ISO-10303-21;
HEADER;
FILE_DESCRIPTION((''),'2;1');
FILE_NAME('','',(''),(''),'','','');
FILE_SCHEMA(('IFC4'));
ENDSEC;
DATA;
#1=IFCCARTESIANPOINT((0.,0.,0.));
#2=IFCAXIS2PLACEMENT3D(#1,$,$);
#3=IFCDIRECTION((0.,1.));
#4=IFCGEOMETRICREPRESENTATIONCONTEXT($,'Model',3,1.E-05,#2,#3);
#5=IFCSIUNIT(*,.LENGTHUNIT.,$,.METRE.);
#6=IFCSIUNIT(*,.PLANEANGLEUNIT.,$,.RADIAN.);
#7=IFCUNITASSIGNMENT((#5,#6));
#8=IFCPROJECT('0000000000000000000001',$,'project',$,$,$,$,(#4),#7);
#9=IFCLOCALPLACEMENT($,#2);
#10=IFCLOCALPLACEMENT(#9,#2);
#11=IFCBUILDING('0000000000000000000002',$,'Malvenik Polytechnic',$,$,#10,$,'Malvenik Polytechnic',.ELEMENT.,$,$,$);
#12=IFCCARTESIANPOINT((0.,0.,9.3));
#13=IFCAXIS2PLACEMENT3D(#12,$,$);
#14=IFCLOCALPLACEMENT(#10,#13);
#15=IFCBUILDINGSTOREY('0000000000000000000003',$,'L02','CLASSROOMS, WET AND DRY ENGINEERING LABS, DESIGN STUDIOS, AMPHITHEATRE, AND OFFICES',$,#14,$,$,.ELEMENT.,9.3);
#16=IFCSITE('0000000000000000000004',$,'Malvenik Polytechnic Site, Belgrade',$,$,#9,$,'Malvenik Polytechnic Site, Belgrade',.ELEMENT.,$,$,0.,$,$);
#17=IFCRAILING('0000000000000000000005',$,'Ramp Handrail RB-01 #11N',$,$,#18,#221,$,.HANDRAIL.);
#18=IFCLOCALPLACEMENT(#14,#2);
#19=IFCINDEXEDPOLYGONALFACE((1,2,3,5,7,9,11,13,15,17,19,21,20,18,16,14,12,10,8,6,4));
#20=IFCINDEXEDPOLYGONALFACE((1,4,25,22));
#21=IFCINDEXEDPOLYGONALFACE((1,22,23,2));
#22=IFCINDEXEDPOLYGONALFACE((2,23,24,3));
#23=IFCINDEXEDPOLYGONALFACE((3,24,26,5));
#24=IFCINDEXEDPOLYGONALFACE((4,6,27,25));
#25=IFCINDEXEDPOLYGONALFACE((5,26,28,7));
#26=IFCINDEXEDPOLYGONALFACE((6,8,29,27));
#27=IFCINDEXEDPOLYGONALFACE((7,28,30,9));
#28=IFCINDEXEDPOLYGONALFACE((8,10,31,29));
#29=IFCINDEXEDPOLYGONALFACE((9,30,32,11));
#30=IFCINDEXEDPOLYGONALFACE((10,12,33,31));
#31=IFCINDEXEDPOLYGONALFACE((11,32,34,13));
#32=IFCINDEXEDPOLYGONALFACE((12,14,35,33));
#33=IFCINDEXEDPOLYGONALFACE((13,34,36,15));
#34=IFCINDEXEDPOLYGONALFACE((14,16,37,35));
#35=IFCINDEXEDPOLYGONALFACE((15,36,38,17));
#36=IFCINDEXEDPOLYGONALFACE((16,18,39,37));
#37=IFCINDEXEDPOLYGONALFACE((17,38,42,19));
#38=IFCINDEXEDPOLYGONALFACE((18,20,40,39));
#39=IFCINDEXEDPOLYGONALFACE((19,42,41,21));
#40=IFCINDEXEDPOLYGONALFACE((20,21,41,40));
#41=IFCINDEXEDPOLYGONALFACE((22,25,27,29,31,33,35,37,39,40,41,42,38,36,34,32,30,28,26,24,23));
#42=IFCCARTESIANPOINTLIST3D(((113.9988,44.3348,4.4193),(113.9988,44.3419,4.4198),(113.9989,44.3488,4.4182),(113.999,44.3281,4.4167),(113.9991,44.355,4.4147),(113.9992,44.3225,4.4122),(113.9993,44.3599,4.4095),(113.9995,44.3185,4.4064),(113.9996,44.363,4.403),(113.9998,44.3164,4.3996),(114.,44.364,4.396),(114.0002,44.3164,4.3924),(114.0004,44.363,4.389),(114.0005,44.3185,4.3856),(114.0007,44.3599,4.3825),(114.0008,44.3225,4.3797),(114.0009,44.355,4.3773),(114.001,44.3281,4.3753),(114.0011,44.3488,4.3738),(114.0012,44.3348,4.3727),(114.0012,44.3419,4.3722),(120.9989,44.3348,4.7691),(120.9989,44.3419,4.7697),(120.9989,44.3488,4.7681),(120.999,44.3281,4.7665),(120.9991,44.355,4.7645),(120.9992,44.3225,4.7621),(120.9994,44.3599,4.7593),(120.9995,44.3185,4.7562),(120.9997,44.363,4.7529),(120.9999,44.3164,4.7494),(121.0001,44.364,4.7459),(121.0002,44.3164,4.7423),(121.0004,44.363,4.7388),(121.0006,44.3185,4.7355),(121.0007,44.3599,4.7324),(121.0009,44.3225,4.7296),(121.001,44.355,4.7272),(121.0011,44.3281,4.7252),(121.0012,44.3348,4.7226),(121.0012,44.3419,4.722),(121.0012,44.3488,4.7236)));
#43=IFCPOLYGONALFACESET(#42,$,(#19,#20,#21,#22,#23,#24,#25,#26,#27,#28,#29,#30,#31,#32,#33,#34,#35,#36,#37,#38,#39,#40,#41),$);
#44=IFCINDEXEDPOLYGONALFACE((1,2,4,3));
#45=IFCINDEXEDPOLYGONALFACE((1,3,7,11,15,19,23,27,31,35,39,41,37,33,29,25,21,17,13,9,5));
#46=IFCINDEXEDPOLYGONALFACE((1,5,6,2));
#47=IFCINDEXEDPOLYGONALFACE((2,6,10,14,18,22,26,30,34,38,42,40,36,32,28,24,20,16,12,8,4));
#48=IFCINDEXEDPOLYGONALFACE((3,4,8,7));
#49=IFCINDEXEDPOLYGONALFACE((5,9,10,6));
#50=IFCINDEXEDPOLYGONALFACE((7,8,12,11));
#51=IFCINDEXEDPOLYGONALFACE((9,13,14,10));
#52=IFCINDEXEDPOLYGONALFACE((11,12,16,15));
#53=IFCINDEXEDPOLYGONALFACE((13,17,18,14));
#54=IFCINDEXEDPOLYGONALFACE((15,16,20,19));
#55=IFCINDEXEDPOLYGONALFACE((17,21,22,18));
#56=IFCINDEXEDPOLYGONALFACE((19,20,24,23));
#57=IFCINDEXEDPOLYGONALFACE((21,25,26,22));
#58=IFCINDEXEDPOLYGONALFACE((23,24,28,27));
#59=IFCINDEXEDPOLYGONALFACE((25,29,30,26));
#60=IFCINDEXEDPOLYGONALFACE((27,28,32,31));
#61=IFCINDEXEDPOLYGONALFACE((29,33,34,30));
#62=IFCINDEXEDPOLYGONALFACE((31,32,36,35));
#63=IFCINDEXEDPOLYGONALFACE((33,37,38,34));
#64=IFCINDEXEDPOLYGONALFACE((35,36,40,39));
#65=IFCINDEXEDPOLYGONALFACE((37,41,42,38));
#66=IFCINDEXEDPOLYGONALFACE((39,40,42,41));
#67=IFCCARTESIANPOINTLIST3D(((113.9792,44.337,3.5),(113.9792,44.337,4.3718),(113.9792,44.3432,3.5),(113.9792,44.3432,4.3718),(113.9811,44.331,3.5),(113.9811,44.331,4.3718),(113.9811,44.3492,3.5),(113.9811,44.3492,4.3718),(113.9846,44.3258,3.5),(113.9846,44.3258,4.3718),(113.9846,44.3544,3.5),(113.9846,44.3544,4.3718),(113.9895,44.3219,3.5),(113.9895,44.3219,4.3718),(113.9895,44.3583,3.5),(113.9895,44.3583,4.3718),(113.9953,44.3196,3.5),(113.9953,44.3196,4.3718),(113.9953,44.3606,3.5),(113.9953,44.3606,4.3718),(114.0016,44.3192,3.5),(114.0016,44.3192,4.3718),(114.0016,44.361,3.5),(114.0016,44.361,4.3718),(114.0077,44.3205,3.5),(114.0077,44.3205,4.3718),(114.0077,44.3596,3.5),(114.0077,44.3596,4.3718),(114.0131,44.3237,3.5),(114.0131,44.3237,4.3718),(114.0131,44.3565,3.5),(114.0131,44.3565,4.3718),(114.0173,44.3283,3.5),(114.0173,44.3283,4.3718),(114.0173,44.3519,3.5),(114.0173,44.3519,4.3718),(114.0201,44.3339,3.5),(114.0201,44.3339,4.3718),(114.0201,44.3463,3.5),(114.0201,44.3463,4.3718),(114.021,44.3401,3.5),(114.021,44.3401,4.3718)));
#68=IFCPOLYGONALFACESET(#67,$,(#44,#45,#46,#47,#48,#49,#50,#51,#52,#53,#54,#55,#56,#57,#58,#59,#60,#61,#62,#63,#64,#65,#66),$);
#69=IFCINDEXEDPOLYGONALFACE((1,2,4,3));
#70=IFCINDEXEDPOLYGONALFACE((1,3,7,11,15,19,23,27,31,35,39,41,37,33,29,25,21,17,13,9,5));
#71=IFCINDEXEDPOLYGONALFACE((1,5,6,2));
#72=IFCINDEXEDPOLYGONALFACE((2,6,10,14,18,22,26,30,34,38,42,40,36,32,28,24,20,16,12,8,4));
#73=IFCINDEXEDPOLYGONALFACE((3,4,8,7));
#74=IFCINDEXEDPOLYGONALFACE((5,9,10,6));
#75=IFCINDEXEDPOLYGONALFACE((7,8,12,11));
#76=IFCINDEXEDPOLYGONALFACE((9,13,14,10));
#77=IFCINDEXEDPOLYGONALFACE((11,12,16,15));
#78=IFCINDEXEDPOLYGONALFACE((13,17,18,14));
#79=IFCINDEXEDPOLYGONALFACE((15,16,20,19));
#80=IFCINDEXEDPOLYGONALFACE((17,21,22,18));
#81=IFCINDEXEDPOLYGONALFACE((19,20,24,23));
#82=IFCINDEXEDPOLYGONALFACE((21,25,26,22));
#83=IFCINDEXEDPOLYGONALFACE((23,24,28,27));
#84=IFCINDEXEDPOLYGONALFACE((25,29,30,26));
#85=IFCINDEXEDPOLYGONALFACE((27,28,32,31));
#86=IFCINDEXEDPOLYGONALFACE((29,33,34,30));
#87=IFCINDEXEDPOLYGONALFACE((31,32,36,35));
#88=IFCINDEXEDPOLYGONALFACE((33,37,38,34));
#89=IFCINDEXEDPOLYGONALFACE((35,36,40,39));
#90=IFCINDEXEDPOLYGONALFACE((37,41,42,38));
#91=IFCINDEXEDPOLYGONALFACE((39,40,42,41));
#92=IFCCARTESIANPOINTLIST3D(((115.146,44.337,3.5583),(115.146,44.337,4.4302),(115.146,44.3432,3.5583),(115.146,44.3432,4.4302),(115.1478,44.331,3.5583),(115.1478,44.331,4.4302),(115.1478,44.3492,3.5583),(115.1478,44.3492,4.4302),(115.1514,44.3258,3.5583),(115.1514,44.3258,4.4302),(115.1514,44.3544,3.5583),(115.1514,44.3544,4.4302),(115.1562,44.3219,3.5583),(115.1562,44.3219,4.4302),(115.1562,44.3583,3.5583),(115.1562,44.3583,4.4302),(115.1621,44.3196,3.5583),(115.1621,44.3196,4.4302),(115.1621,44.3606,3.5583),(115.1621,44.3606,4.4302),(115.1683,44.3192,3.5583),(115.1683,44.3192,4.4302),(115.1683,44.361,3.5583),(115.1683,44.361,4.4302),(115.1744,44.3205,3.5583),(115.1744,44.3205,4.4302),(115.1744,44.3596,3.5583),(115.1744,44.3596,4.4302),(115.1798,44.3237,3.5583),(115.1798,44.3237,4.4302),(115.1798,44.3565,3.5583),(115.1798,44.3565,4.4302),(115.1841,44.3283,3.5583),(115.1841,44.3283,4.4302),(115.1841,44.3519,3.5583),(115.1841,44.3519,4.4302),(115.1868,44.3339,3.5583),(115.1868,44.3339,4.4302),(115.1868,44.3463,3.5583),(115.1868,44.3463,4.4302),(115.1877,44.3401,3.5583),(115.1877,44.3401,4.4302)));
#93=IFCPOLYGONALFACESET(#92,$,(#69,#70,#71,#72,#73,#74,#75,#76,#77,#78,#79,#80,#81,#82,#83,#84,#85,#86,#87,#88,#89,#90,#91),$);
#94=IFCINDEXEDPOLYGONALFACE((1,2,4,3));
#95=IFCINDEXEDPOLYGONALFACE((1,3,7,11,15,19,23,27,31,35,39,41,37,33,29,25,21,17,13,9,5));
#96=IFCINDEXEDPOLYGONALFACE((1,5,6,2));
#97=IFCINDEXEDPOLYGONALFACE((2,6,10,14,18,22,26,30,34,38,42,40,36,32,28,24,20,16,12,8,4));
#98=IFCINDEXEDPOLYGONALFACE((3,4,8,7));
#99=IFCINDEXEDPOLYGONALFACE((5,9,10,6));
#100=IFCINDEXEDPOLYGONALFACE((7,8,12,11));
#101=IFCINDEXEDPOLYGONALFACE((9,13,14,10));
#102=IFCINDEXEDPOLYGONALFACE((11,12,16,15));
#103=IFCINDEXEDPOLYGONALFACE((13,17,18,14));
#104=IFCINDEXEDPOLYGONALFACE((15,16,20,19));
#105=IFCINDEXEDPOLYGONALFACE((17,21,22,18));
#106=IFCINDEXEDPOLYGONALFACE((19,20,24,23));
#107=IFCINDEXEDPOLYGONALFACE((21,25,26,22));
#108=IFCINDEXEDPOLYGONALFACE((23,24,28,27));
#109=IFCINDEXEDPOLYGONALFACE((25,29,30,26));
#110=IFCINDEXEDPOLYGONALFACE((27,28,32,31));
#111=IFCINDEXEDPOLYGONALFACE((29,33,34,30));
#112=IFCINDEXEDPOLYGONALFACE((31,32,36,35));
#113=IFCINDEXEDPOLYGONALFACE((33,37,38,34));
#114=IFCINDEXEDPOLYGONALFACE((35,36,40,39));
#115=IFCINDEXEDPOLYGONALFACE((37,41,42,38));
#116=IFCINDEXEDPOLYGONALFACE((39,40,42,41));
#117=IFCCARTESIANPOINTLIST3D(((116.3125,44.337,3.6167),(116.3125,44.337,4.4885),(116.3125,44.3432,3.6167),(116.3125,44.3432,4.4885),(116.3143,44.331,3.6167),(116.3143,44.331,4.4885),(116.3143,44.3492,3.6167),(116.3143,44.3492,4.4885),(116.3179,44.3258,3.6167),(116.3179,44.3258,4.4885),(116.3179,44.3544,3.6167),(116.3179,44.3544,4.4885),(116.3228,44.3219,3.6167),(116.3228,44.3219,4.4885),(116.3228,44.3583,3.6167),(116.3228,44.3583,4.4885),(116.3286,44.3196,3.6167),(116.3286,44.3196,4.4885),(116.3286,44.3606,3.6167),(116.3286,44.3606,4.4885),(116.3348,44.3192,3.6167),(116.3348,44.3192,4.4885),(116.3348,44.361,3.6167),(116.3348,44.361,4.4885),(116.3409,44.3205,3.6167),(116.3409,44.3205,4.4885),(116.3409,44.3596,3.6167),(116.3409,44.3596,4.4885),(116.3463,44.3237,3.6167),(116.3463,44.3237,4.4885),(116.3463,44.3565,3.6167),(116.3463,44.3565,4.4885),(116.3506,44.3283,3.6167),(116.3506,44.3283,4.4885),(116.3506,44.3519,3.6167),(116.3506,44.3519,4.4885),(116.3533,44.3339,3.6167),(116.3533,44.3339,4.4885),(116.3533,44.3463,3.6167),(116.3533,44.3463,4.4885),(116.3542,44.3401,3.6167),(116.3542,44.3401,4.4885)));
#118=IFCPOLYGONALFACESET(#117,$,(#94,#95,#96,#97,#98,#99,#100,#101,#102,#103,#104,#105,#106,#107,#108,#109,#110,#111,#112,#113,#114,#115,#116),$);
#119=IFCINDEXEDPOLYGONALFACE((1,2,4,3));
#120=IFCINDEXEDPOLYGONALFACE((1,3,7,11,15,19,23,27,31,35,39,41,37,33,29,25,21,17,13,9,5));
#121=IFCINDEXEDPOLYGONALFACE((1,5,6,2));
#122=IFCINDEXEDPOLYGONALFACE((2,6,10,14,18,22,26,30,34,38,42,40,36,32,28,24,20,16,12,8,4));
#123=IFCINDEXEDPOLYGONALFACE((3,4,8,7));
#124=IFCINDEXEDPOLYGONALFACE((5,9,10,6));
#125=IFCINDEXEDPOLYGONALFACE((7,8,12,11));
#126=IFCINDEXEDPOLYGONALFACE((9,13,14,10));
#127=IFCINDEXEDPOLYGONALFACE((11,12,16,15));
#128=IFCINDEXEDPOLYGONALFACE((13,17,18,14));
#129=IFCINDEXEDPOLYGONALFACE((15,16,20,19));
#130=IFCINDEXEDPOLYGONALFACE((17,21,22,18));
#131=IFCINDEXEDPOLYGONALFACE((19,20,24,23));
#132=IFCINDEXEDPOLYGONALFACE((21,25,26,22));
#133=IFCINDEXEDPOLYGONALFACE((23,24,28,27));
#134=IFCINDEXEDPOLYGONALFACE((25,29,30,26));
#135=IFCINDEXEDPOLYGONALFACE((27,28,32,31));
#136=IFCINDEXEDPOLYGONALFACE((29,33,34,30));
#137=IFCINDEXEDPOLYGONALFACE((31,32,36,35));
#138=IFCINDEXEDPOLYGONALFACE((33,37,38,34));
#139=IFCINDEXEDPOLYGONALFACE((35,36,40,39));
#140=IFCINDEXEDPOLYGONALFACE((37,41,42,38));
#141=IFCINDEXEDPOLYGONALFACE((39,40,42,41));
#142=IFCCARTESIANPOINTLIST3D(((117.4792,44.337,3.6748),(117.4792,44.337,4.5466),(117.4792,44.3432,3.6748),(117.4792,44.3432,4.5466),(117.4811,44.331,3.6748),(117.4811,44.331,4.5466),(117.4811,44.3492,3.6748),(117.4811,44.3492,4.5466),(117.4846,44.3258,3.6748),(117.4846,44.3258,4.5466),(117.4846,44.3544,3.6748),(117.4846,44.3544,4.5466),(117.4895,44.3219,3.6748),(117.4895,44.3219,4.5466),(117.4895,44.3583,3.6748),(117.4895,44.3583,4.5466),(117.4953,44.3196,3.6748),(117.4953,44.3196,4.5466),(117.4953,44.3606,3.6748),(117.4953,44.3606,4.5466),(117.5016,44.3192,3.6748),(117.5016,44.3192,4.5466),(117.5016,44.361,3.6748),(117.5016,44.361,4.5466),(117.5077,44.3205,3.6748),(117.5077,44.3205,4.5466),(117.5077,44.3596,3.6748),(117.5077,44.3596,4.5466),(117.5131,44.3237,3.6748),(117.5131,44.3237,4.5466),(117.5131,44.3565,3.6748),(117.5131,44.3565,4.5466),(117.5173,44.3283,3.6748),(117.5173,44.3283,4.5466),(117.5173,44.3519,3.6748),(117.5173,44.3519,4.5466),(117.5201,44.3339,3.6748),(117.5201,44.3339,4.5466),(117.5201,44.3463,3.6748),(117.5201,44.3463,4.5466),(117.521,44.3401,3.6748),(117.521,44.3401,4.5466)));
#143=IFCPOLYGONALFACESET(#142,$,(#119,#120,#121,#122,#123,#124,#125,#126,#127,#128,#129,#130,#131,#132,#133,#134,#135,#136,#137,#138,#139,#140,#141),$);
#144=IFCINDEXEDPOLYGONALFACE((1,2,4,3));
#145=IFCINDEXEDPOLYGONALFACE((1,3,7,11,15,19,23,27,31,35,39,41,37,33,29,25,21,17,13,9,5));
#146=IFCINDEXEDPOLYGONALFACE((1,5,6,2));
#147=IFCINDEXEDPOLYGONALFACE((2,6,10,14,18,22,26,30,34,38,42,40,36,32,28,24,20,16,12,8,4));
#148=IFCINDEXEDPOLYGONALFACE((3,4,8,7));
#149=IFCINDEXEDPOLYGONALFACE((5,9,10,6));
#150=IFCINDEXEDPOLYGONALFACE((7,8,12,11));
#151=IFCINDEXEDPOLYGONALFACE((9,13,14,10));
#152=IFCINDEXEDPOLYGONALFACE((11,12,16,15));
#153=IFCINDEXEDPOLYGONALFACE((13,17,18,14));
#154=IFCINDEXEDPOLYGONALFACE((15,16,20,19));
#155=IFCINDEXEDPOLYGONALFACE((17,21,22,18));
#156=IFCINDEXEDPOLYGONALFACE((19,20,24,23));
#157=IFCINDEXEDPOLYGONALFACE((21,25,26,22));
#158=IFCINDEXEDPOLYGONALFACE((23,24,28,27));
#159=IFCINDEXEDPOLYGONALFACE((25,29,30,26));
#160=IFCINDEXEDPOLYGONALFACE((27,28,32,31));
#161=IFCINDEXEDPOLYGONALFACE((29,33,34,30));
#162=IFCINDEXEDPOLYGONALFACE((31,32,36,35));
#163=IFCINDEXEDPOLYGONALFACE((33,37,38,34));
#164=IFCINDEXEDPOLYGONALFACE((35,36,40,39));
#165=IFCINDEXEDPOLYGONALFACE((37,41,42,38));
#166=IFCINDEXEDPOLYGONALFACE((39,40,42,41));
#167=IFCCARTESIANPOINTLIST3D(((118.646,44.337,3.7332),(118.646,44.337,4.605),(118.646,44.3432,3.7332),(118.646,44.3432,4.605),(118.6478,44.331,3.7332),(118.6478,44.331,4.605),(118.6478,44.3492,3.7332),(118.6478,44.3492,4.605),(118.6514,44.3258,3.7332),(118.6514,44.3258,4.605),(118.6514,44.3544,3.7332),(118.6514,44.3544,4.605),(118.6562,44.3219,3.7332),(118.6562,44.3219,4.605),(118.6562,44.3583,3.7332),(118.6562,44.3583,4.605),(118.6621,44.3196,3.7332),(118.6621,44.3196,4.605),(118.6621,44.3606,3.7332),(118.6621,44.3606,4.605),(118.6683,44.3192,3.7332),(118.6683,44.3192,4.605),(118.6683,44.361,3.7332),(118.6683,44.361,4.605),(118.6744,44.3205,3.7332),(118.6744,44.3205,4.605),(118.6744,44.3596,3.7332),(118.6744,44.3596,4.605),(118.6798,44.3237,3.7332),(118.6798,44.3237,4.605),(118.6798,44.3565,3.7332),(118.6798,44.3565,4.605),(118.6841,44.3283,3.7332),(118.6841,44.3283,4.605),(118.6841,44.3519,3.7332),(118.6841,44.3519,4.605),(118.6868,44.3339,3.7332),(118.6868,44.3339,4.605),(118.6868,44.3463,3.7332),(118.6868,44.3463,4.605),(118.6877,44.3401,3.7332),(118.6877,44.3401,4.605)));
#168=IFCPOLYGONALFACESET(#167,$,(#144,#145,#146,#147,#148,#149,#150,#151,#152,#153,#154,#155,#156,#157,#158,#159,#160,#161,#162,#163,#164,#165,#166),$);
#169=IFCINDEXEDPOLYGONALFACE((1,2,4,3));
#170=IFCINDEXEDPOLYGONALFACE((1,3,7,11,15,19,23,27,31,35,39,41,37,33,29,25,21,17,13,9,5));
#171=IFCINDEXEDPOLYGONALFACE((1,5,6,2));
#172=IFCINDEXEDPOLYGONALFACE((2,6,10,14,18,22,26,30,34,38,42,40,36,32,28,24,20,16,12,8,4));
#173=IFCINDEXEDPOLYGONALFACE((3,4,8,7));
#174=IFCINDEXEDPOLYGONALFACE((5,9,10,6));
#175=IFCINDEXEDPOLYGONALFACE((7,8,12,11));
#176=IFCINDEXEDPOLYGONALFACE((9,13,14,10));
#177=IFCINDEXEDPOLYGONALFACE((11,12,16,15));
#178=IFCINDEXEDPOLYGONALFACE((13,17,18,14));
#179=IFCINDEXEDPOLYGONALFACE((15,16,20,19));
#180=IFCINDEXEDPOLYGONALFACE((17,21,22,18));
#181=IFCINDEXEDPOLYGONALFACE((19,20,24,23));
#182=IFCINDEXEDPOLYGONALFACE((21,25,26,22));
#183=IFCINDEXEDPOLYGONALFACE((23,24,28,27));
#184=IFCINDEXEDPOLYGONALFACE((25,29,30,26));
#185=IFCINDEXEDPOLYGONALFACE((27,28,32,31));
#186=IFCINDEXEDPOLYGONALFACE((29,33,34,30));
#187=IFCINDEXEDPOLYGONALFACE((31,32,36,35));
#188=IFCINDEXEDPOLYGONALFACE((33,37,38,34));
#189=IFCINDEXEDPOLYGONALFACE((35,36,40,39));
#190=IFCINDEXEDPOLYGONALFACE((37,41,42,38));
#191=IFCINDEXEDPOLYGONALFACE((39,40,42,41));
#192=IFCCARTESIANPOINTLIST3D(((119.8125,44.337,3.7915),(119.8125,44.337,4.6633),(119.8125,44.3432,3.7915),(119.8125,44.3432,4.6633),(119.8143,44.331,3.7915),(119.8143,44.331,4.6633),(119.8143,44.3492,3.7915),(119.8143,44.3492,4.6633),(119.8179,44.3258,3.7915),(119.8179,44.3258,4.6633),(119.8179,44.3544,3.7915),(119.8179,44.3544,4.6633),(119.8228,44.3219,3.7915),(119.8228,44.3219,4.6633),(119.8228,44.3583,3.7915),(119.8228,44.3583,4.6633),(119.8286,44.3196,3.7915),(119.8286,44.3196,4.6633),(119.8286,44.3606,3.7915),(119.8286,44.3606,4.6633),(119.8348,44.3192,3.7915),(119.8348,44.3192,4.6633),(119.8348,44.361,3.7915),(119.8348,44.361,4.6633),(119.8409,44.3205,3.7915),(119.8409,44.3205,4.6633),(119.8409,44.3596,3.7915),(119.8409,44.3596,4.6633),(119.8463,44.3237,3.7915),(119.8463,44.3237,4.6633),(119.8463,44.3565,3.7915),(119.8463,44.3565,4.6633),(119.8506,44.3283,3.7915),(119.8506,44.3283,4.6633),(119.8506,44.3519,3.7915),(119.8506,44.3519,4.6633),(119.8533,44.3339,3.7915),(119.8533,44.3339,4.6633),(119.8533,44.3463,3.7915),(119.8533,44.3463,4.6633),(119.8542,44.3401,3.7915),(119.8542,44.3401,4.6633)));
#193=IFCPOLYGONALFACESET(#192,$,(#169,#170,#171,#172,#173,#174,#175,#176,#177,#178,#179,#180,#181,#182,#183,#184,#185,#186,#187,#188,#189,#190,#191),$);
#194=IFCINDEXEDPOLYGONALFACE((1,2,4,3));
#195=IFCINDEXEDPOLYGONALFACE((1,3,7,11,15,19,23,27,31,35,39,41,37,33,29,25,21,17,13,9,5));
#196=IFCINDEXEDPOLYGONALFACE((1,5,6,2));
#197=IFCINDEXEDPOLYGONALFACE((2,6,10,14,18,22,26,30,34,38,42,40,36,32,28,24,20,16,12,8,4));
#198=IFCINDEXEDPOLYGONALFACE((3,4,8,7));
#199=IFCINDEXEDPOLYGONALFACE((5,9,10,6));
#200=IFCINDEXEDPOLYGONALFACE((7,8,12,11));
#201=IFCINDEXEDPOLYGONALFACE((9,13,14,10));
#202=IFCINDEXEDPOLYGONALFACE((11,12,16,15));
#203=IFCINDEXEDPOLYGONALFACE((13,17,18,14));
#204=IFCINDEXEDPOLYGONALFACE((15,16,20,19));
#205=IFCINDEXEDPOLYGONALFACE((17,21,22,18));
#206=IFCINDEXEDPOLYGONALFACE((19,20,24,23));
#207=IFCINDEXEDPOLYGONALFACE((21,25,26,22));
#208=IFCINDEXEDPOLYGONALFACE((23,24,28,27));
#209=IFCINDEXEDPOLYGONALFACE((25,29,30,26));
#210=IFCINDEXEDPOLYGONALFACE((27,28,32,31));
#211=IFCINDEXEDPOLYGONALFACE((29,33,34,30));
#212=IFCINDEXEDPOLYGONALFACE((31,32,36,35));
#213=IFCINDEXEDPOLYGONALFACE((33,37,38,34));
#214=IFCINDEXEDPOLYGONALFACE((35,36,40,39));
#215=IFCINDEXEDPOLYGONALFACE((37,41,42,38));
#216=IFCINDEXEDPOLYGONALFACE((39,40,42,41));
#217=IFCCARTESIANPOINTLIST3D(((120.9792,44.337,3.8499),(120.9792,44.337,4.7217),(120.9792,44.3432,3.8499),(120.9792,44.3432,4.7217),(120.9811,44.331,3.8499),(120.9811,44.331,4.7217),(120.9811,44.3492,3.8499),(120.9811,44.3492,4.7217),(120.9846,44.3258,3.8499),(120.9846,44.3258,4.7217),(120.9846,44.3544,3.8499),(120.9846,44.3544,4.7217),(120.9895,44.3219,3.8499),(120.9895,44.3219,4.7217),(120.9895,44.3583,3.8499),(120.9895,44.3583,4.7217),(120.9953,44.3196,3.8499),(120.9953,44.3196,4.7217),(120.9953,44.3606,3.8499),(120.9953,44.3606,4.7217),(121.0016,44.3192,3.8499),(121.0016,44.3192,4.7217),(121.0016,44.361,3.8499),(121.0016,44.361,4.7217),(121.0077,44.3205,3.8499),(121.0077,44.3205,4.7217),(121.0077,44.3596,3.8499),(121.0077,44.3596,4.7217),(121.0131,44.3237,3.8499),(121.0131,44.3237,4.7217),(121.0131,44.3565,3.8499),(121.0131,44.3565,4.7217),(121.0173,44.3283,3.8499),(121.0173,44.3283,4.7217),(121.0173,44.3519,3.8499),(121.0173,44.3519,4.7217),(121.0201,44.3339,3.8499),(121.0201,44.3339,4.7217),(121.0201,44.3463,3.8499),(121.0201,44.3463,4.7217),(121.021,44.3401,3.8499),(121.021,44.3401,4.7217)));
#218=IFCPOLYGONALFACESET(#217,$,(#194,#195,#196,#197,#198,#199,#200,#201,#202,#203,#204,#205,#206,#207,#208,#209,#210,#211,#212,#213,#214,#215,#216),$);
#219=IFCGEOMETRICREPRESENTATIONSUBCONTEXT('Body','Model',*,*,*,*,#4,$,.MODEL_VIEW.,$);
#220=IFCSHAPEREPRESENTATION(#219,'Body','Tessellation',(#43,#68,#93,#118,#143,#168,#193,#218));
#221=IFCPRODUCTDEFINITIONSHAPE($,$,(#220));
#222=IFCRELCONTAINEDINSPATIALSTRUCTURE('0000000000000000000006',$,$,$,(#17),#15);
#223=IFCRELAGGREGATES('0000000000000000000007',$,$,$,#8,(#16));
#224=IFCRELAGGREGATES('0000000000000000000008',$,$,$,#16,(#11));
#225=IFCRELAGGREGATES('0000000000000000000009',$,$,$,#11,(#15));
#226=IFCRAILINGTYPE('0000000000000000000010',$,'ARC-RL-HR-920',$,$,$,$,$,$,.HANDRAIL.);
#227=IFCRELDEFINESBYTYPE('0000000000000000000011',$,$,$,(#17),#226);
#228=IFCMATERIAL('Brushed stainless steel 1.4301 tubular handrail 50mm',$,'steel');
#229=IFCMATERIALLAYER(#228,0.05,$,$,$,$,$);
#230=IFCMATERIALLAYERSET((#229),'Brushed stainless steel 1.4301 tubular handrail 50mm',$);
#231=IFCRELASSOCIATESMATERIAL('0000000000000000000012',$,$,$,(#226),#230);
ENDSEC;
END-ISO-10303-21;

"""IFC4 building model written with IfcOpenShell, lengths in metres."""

from ifc_helpers import new_model, si_unit, direction, frame, origin, origin_2d, place, context, subcontext, project, spatial, circle, extrude, material, layer, layer_set, type_object, element, save


model = new_model("IFC4")

# Units and contexts
model_context = context("Model", 3, precision=1e-05, world=origin(), true_north=direction((0.0, 1.0)))
body_context = subcontext(model_context, "Body", "Model", "MODEL_VIEW")
ifc_project = project(units=[si_unit("LENGTHUNIT", "METRE"), si_unit("PLANEANGLEUNIT", "RADIAN")], contexts=[model_context])

# Site, building, storey
site_placement = place(None, origin())
site = spatial("IfcSite", under=ifc_project, at=site_placement, Name="Malvenik Polytechnic Site, Belgrade", LongName="Malvenik Polytechnic Site, Belgrade", CompositionType="ELEMENT", RefElevation=0.0)
building_placement = place(site_placement, origin())
building = spatial("IfcBuilding", under=site, at=building_placement, Name="Malvenik Polytechnic", LongName="Malvenik Polytechnic", CompositionType="ELEMENT")
storey_placement = place(building_placement, frame((0.0, 0.0, 9.3)))
storey = spatial("IfcBuildingStorey", under=building, at=storey_placement, Name="L02", Description="CLASSROOMS, WET AND DRY ENGINEERING LABS, DESIGN STUDIOS, AMPHITHEATRE, AND OFFICES", CompositionType="ELEMENT", Elevation=9.3)

# Railing
ifc_material_1 = material(Name="Brushed stainless steel 1.4301 tubular handrail 50mm", Category="steel")
ifc_layer_1 = layer(ifc_material_1, 0.05)
ifc_layer_set_1 = layer_set([ifc_layer_1], Name="Brushed stainless steel 1.4301 tubular handrail 50mm")
railing_type_1 = type_object("IfcRailingType", Name="ARC-RL-HR-920", PredefinedType="HANDRAIL", material=ifc_layer_set_1)
railing_1_placement = place(storey_placement, frame((114.0, 44.3401, 3.5)))
element("IfcRailing", 1, at=railing_1_placement, inside=storey, type_object=railing_type_1, Name="Ramp Handrail RB-01 #11N", PredefinedType="HANDRAIL", context=body_context, shape_type="SweptSolid", body=[
    extrude(circle(Radius=0.0239, at=origin_2d()), frame((0.0, 0.0, 0.896), z_axis=(0.998753, 0.0, 0.049917), x_axis=(0.0, 1.0, 0.0)), (0.0, 0.0, 1.0), 7.0088),
    extrude(circle(Radius=0.021, at=origin_2d()), origin(), (0.0, 0.0, 1.0), 0.8718),
    extrude(circle(Radius=0.021, at=origin_2d()), frame((1.1667, 0.0, 0.0583)), (0.0, 0.0, 1.0), 0.8718),
    extrude(circle(Radius=0.021, at=origin_2d()), frame((2.3333, 0.0, 0.1167)), (0.0, 0.0, 1.0), 0.8718),
    extrude(circle(Radius=0.021, at=origin_2d()), frame((3.5, 0.0, 0.1748)), (0.0, 0.0, 1.0), 0.8718),
    extrude(circle(Radius=0.021, at=origin_2d()), frame((4.6667, 0.0, 0.2332)), (0.0, 0.0, 1.0), 0.8718),
    extrude(circle(Radius=0.021, at=origin_2d()), frame((5.8333, 0.0, 0.2915)), (0.0, 0.0, 1.0), 0.8718),
    extrude(circle(Radius=0.021, at=origin_2d()), frame((7.0, 0.0, 0.3499)), (0.0, 0.0, 1.0), 0.8718),
])

save(model, "model.ifc")
